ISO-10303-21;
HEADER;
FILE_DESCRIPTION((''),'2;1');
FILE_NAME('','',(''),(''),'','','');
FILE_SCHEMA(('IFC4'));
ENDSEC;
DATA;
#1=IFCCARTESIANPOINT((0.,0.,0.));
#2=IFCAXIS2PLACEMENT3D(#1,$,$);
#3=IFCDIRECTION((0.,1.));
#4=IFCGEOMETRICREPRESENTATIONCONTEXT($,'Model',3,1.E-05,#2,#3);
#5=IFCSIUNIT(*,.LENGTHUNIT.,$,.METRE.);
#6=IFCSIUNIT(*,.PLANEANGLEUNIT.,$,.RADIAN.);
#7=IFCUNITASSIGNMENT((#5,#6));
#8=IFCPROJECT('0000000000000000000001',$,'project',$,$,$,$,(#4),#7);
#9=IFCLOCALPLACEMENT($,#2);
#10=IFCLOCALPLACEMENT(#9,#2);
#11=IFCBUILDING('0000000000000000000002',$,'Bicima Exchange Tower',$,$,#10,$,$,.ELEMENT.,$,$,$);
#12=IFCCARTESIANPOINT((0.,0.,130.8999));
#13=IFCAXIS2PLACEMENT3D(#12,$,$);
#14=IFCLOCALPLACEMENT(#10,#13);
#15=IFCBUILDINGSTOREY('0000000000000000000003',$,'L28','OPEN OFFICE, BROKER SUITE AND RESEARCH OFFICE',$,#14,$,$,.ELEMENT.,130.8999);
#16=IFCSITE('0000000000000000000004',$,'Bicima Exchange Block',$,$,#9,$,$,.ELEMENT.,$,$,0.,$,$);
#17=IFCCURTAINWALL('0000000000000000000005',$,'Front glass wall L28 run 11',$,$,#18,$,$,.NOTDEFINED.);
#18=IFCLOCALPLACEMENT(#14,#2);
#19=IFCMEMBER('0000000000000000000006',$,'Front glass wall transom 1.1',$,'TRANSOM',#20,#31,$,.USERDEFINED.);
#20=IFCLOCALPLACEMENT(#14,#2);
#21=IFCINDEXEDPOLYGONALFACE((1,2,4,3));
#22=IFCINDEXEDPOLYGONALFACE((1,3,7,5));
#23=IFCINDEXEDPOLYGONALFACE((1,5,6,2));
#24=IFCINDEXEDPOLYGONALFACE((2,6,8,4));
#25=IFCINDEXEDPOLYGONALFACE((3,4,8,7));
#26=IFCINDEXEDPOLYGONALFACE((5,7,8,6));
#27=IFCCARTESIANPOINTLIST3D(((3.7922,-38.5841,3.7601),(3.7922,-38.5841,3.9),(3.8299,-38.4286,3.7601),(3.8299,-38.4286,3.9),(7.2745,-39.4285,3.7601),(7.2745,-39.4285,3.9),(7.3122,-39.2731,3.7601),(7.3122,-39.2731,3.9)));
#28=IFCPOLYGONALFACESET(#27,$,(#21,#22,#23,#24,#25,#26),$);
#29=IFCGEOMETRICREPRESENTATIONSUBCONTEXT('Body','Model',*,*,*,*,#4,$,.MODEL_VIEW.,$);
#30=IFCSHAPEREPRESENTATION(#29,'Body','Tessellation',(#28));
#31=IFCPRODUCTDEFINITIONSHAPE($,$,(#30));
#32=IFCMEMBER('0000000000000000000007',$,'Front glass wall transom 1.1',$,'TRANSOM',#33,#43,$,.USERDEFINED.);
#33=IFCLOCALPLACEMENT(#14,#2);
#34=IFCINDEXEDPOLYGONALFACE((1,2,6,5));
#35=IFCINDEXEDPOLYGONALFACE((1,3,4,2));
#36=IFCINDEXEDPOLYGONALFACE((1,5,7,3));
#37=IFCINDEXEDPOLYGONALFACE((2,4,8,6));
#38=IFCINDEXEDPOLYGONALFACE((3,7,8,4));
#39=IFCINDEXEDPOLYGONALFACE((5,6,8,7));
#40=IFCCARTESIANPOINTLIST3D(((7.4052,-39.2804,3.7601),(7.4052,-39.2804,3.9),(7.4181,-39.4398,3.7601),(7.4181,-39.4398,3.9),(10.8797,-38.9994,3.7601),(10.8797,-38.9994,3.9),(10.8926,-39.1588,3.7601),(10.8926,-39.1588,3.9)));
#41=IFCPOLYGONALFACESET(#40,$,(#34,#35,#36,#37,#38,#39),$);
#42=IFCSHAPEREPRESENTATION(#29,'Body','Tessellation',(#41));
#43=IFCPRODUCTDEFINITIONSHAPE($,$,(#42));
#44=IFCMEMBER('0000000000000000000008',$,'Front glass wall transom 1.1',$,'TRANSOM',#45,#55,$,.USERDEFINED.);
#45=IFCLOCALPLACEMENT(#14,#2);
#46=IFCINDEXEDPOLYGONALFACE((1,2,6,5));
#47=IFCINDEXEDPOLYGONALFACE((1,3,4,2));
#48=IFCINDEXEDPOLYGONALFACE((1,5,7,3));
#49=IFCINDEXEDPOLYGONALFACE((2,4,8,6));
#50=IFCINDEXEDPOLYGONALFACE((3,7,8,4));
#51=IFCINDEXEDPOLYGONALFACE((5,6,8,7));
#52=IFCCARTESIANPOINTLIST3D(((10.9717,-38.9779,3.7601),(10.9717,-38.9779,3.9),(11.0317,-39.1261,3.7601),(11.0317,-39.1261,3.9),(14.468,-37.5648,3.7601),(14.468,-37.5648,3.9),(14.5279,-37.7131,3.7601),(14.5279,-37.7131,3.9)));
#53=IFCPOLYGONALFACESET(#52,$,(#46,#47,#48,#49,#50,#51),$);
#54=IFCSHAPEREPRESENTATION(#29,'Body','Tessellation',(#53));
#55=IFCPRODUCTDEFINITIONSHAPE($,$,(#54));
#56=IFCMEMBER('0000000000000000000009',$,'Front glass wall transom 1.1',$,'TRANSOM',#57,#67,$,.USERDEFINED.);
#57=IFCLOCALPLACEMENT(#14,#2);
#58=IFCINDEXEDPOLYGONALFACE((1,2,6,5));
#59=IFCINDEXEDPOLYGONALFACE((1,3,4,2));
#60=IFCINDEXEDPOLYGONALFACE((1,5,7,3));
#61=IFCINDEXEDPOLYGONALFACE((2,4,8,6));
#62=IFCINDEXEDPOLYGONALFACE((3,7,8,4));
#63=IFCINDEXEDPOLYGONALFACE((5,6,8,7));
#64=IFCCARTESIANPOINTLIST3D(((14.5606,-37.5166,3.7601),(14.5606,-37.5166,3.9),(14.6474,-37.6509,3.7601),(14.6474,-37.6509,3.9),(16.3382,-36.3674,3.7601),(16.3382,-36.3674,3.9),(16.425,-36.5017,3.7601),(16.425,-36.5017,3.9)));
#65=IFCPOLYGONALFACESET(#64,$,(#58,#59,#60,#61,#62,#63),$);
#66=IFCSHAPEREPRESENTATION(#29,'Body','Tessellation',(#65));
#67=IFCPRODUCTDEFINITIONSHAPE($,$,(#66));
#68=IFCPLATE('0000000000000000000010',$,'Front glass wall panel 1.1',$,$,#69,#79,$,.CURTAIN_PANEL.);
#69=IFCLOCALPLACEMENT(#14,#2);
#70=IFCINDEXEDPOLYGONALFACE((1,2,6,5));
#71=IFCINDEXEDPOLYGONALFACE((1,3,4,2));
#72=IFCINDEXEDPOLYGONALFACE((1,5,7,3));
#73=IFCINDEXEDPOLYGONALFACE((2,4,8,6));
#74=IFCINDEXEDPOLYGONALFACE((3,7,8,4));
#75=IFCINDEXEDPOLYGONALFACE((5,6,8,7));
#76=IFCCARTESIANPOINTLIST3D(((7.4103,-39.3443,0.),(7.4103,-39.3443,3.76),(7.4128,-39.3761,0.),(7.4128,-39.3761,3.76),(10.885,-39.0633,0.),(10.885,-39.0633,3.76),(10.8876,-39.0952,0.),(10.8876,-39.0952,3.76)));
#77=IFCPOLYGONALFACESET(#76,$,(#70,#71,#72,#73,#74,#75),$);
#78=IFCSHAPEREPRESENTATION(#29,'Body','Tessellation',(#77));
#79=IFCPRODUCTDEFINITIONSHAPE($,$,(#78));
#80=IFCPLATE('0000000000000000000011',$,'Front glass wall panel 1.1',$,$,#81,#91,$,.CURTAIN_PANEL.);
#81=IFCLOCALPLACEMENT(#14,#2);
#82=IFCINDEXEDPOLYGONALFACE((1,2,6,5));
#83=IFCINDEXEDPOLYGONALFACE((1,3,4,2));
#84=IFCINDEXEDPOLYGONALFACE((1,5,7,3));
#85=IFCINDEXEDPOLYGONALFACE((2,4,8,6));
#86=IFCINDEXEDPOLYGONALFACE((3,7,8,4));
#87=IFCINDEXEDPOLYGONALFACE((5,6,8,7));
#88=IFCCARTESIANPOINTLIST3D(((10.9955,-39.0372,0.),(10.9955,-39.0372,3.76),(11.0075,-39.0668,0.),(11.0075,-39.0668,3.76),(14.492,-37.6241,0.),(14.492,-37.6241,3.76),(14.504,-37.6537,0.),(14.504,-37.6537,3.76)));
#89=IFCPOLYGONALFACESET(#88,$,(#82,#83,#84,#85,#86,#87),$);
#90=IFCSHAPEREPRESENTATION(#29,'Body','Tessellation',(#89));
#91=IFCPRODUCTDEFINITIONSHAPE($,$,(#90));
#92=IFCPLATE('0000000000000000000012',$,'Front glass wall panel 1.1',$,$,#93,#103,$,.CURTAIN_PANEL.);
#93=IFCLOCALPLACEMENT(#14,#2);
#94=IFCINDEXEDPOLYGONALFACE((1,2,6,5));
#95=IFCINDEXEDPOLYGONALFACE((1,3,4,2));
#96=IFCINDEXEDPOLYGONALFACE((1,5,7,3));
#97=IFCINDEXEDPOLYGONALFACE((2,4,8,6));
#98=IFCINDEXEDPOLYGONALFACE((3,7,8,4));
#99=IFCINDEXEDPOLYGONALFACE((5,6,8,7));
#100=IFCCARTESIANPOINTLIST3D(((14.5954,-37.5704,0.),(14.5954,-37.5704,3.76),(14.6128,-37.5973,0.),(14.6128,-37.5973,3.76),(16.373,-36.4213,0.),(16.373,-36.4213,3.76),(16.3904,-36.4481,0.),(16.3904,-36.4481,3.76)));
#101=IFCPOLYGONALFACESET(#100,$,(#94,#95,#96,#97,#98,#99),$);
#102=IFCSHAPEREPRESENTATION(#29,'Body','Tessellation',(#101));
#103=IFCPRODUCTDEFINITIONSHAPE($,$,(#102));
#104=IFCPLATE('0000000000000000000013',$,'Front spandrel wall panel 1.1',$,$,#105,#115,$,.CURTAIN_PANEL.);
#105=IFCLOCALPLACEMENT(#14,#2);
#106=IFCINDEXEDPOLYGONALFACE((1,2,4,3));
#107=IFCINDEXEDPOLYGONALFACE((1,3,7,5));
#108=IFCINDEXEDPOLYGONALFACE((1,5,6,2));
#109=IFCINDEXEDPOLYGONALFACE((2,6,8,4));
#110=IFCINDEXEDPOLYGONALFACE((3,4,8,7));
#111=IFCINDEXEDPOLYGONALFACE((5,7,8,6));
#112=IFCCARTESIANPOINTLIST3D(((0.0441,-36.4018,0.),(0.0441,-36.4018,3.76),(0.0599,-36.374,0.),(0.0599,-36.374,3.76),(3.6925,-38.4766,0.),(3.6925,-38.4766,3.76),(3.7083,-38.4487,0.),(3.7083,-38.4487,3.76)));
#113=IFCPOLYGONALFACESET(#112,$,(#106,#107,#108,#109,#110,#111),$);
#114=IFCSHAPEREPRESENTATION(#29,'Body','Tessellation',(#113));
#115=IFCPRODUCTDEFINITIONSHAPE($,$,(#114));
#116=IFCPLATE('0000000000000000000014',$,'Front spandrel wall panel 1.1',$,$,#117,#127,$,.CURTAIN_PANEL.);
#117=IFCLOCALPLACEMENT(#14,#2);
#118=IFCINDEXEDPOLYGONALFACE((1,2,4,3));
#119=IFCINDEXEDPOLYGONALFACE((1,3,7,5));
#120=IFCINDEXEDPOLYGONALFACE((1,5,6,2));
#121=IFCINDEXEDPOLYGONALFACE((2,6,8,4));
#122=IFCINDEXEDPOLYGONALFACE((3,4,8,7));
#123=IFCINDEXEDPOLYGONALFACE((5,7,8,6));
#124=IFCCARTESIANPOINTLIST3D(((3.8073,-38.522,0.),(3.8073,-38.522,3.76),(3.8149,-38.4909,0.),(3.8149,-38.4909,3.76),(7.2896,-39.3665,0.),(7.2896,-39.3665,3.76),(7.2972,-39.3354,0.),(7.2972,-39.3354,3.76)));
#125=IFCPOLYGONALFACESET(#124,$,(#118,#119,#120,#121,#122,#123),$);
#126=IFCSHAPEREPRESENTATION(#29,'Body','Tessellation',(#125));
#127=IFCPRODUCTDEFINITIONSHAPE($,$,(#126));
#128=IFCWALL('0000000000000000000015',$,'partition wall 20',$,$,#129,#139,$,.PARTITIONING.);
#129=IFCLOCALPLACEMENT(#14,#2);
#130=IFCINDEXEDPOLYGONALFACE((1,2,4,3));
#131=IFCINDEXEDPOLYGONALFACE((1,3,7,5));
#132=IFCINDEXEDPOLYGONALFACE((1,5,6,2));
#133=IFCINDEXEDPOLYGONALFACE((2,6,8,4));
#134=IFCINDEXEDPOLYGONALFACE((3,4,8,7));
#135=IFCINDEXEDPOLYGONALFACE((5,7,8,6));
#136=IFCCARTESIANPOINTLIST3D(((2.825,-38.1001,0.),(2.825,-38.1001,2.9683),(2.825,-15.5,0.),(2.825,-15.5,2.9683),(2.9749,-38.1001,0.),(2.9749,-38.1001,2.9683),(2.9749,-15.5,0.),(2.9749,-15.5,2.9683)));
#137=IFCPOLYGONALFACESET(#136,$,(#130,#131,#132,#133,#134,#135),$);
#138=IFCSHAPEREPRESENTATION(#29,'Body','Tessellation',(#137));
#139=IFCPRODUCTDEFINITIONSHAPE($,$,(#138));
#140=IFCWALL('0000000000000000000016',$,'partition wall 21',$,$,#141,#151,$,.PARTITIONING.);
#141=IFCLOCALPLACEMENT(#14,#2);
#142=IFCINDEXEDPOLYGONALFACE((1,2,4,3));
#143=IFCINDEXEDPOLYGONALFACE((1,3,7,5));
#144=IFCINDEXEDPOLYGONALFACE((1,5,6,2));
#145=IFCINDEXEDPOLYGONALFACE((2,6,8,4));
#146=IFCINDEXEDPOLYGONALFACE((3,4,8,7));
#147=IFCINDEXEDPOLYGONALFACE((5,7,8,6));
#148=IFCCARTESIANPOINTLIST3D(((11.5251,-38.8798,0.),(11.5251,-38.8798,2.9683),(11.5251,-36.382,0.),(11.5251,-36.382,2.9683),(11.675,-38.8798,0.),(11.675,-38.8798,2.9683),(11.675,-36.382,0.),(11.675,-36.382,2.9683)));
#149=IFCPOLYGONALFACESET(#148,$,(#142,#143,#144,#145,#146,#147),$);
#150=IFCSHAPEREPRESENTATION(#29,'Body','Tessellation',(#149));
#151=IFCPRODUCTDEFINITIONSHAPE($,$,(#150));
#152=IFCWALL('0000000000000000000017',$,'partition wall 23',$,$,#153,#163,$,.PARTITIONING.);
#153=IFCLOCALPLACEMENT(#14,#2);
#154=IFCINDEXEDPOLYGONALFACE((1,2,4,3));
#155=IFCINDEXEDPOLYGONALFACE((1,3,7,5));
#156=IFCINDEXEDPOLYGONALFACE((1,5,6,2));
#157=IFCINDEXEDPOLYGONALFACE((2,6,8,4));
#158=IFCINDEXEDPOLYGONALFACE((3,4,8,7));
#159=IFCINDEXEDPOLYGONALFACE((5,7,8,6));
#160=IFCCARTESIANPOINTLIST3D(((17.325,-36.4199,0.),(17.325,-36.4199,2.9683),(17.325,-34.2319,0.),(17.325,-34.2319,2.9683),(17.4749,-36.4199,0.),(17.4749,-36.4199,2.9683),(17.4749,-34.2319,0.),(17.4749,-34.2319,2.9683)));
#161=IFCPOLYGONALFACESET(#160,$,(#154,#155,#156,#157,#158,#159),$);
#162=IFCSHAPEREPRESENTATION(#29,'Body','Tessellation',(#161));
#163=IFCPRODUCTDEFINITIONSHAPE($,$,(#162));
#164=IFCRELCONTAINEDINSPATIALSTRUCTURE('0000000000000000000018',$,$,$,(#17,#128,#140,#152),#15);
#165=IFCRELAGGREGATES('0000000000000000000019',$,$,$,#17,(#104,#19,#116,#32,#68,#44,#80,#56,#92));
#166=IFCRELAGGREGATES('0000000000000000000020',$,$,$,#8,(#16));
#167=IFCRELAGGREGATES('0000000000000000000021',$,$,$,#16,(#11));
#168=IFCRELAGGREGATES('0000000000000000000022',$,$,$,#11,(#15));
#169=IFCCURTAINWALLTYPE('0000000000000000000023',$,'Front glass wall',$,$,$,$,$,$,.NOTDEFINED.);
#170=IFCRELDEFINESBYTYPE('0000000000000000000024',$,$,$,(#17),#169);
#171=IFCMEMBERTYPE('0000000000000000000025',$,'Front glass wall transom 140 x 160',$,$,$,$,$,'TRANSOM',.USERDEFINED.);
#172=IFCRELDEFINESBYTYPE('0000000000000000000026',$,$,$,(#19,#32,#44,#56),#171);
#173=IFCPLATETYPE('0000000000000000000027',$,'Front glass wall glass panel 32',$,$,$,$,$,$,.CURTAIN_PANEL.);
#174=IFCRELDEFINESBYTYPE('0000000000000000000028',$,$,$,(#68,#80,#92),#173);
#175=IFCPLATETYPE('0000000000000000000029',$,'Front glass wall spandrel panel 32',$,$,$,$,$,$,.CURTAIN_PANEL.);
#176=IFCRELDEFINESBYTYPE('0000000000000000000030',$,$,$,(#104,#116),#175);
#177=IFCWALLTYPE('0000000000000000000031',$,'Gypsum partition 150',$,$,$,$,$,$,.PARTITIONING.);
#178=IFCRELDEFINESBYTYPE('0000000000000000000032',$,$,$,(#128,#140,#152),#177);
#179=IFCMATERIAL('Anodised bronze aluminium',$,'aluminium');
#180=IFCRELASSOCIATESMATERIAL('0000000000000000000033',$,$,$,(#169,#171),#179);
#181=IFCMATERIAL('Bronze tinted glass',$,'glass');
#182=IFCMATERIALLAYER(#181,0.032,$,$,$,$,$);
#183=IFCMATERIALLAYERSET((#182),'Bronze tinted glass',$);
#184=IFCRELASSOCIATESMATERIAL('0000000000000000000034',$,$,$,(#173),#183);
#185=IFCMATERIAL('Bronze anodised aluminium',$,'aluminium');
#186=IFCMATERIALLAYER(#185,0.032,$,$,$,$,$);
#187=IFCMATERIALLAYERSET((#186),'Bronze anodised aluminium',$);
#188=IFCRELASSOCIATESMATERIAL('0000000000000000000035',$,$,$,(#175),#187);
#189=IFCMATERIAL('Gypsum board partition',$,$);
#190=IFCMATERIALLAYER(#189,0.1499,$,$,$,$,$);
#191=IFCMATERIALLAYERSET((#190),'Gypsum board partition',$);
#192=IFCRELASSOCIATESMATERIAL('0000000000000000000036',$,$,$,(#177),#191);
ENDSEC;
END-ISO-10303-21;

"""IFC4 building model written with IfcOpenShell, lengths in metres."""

from ifc_helpers import new_model, si_unit, direction, frame, frame_2d, origin, origin_2d, place, context, subcontext, project, spatial, rectangle, extrude, material, layer, layer_set, material_profile, profile_set, type_object, element, aggregate, save


model = new_model("IFC4")

# Units and contexts
model_context = context("Model", 3, precision=1e-05, world=origin(), true_north=direction((0.0, 1.0)))
body_context = subcontext(model_context, "Body", "Model", "MODEL_VIEW")
ifc_project = project(units=[si_unit("LENGTHUNIT", "METRE"), si_unit("PLANEANGLEUNIT", "RADIAN")], contexts=[model_context])

# Site, building, storey
site_placement = place(None, origin())
site = spatial("IfcSite", under=ifc_project, at=site_placement, Name="Bicima Exchange Block", CompositionType="ELEMENT", RefElevation=0.0)
building_placement = place(site_placement, origin())
building = spatial("IfcBuilding", under=site, at=building_placement, Name="Bicima Exchange Tower", CompositionType="ELEMENT")
storey_placement = place(building_placement, frame((0.0, 0.0, 130.8999)))
storey = spatial("IfcBuildingStorey", under=building, at=storey_placement, Name="L28", Description="OPEN OFFICE, BROKER SUITE AND RESEARCH OFFICE", CompositionType="ELEMENT", Elevation=130.8999)

# Curtain wall, members, plates
ifc_material_1 = material(Name="Anodised bronze aluminium", Category="aluminium")
curtain_wall_type = type_object("IfcCurtainWallType", Name="Front glass wall", PredefinedType="NOTDEFINED", material=ifc_material_1)
curtain_wall_placement = place(storey_placement, origin())
curtain_wall = element("IfcCurtainWall", 1, at=curtain_wall_placement, inside=storey, type_object=curtain_wall_type, Name="Front glass wall L28 run 11", PredefinedType="NOTDEFINED")
ifc_material_profile_1 = material_profile(ifc_material_1, rectangle(XDim=0.1599, YDim=0.1399, at=origin_2d()))
ifc_profile_set_1 = profile_set([ifc_material_profile_1], Name="Anodised bronze aluminium")
member_type_1 = type_object("IfcMemberType", Name="Front glass wall transom 140 x 160", ElementType="TRANSOM", PredefinedType="USERDEFINED", material=ifc_profile_set_1)
member_1_placement = place(storey_placement, frame((3.811, -38.5063, 3.8301), z_axis=(0.971834, -0.235668, 0.0), x_axis=(0.235668, 0.971834, 0.0)))
member_1 = element("IfcMember", 2, at=member_1_placement, type_object=member_type_1, Name="Front glass wall transom 1.1", ObjectType="TRANSOM", PredefinedType="USERDEFINED", context=body_context, shape_type="SweptSolid", body=[
    extrude(rectangle(XDim=0.1599, YDim=0.1399, at=origin_2d()), origin(), (0.0, 0.0, 1.0), 3.5833),
])
member_2_placement = place(storey_placement, frame((7.4116, -39.3601, 3.8301), z_axis=(0.996746, 0.080611, 0.0), x_axis=(-0.080611, 0.996746, 0.0)))
member_2 = element("IfcMember", 3, at=member_2_placement, type_object=member_type_1, Name="Front glass wall transom 1.1", ObjectType="TRANSOM", PredefinedType="USERDEFINED", context=body_context, shape_type="SweptSolid", body=[
    extrude(rectangle(XDim=0.1599, YDim=0.1399, at=origin_2d()), origin(), (0.0, 0.0, 1.0), 3.4858),
])
member_3_placement = place(storey_placement, frame((11.0017, -39.052, 3.8301), z_axis=(0.92714, 0.374715, 0.0), x_axis=(-0.374715, 0.92714, 0.0)))
member_3 = element("IfcMember", 4, at=member_3_placement, type_object=member_type_1, Name="Front glass wall transom 1.1", ObjectType="TRANSOM", PredefinedType="USERDEFINED", context=body_context, shape_type="SweptSolid", body=[
    extrude(rectangle(XDim=0.1599, YDim=0.1399, at=origin_2d()), origin(), (0.0, 0.0, 1.0), 3.771),
])
member_4_placement = place(storey_placement, frame((14.604, -37.5837, 3.8301), z_axis=(0.839793, 0.542907, 0.0), x_axis=(-0.542907, 0.839793, 0.0)))
member_4 = element("IfcMember", 5, at=member_4_placement, type_object=member_type_1, Name="Front glass wall transom 1.1", ObjectType="TRANSOM", PredefinedType="USERDEFINED", context=body_context, shape_type="SweptSolid", body=[
    extrude(rectangle(XDim=0.1599, YDim=0.1399, at=origin_2d()), origin(), (0.0, 0.0, 1.0), 2.1167),
])
ifc_material_2 = material(Name="Bronze tinted glass", Category="glass")
ifc_layer_1 = layer(ifc_material_2, 0.032)
ifc_layer_set_1 = layer_set([ifc_layer_1], Name="Bronze tinted glass")
plate_type_1 = type_object("IfcPlateType", Name="Front glass wall glass panel 32", PredefinedType="CURTAIN_PANEL", material=ifc_layer_set_1)
plate_1_placement = place(storey_placement, frame((9.1489, -39.2197, 0.0), z_axis=(0.0, 0.0, 1.0), x_axis=(0.996747, 0.080589, 0.0)))
plate_1 = element("IfcPlate", 6, at=plate_1_placement, type_object=plate_type_1, Name="Front glass wall panel 1.1", PredefinedType="CURTAIN_PANEL", context=body_context, shape_type="SweptSolid", body=[
    extrude(rectangle(XDim=3.4861, YDim=0.032, at=origin_2d()), origin(), (0.0, 0.0, 1.0), 3.76),
])
plate_2_placement = place(storey_placement, frame((12.7498, -38.3455, 0.0), z_axis=(0.0, 0.0, 1.0), x_axis=(0.927144, 0.374705, 0.0)))
plate_2 = element("IfcPlate", 7, at=plate_2_placement, type_object=plate_type_1, Name="Front glass wall panel 1.1", PredefinedType="CURTAIN_PANEL", context=body_context, shape_type="SweptSolid", body=[
    extrude(rectangle(XDim=3.7712, YDim=0.032, at=origin_2d()), origin(), (0.0, 0.0, 1.0), 3.76),
])
plate_3_placement = place(storey_placement, frame((15.4929, -37.0093, 0.0), z_axis=(0.0, 0.0, 1.0), x_axis=(0.839791, 0.542909, 0.0)))
plate_3 = element("IfcPlate", 8, at=plate_3_placement, type_object=plate_type_1, Name="Front glass wall panel 1.1", PredefinedType="CURTAIN_PANEL", context=body_context, shape_type="SweptSolid", body=[
    extrude(rectangle(XDim=2.1167, YDim=0.032, at=origin_2d()), origin(), (0.0, 0.0, 1.0), 3.76),
])
ifc_material_3 = material(Name="Bronze anodised aluminium", Category="aluminium")
ifc_layer_2 = layer(ifc_material_3, 0.032)
ifc_layer_set_2 = layer_set([ifc_layer_2], Name="Bronze anodised aluminium")
plate_type_2 = type_object("IfcPlateType", Name="Front glass wall spandrel panel 32", PredefinedType="CURTAIN_PANEL", material=ifc_layer_set_2)
plate_4_placement = place(storey_placement, frame((1.8762, -37.4253, 0.0), z_axis=(0.0, 0.0, 1.0), x_axis=(0.869274, -0.49433, 0.0)))
plate_4 = element("IfcPlate", 9, at=plate_4_placement, type_object=plate_type_2, Name="Front spandrel wall panel 1.1", PredefinedType="CURTAIN_PANEL", context=body_context, shape_type="SweptSolid", body=[
    extrude(rectangle(XDim=4.197, YDim=0.032, at=origin_2d()), origin(), (0.0, 0.0, 1.0), 3.76),
])
plate_5_placement = place(storey_placement, frame((5.5522, -38.9287, 0.0), z_axis=(0.0, 0.0, 1.0), x_axis=(0.97183, -0.235682, 0.0)))
plate_5 = element("IfcPlate", 10, at=plate_5_placement, type_object=plate_type_2, Name="Front spandrel wall panel 1.1", PredefinedType="CURTAIN_PANEL", context=body_context, shape_type="SweptSolid", body=[
    extrude(rectangle(XDim=3.5833, YDim=0.032, at=origin_2d()), origin(), (0.0, 0.0, 1.0), 3.76),
])
aggregate(curtain_wall, [plate_4, member_1, plate_5, member_2, plate_1, member_3, plate_2, member_4, plate_3])

# Walls
ifc_material_4 = material(Name="Gypsum board partition")
ifc_layer_3 = layer(ifc_material_4, 0.1499)
ifc_layer_set_3 = layer_set([ifc_layer_3], Name="Gypsum board partition")
wall_type = type_object("IfcWallType", Name="Gypsum partition 150", PredefinedType="PARTITIONING", material=ifc_layer_set_3)
wall_1_placement = place(storey_placement, frame((2.8999, -38.1001, 0.0), z_axis=(0.0, 0.0, 1.0), x_axis=(0.0, 1.0, 0.0)))
element("IfcWall", 11, at=wall_1_placement, inside=storey, type_object=wall_type, Name="partition wall 20", PredefinedType="PARTITIONING", context=body_context, shape_type="SweptSolid", body=[
    extrude(rectangle(XDim=22.6001, YDim=0.1499, at=frame_2d((11.3, 0.0))), origin(), (0.0, 0.0, 1.0), 2.9683),
])
wall_2_placement = place(storey_placement, frame((11.6001, -38.8799, 0.0), z_axis=(0.0, 0.0, 1.0), x_axis=(0.0, 1.0, 0.0)))
element("IfcWall", 12, at=wall_2_placement, inside=storey, type_object=wall_type, Name="partition wall 21", PredefinedType="PARTITIONING", context=body_context, shape_type="SweptSolid", body=[
    extrude(rectangle(XDim=2.4978, YDim=0.1499, at=frame_2d((1.249, 0.0))), origin(), (0.0, 0.0, 1.0), 2.9683),
])
wall_3_placement = place(storey_placement, frame((17.3999, -36.4199, 0.0), z_axis=(0.0, 0.0, 1.0), x_axis=(0.0, 1.0, 0.0)))
element("IfcWall", 13, at=wall_3_placement, inside=storey, type_object=wall_type, Name="partition wall 23", PredefinedType="PARTITIONING", context=body_context, shape_type="SweptSolid", body=[
    extrude(rectangle(XDim=2.188, YDim=0.1499, at=frame_2d((1.094, 0.0))), origin(), (0.0, 0.0, 1.0), 2.9683),
])

save(model, "model.ifc")
